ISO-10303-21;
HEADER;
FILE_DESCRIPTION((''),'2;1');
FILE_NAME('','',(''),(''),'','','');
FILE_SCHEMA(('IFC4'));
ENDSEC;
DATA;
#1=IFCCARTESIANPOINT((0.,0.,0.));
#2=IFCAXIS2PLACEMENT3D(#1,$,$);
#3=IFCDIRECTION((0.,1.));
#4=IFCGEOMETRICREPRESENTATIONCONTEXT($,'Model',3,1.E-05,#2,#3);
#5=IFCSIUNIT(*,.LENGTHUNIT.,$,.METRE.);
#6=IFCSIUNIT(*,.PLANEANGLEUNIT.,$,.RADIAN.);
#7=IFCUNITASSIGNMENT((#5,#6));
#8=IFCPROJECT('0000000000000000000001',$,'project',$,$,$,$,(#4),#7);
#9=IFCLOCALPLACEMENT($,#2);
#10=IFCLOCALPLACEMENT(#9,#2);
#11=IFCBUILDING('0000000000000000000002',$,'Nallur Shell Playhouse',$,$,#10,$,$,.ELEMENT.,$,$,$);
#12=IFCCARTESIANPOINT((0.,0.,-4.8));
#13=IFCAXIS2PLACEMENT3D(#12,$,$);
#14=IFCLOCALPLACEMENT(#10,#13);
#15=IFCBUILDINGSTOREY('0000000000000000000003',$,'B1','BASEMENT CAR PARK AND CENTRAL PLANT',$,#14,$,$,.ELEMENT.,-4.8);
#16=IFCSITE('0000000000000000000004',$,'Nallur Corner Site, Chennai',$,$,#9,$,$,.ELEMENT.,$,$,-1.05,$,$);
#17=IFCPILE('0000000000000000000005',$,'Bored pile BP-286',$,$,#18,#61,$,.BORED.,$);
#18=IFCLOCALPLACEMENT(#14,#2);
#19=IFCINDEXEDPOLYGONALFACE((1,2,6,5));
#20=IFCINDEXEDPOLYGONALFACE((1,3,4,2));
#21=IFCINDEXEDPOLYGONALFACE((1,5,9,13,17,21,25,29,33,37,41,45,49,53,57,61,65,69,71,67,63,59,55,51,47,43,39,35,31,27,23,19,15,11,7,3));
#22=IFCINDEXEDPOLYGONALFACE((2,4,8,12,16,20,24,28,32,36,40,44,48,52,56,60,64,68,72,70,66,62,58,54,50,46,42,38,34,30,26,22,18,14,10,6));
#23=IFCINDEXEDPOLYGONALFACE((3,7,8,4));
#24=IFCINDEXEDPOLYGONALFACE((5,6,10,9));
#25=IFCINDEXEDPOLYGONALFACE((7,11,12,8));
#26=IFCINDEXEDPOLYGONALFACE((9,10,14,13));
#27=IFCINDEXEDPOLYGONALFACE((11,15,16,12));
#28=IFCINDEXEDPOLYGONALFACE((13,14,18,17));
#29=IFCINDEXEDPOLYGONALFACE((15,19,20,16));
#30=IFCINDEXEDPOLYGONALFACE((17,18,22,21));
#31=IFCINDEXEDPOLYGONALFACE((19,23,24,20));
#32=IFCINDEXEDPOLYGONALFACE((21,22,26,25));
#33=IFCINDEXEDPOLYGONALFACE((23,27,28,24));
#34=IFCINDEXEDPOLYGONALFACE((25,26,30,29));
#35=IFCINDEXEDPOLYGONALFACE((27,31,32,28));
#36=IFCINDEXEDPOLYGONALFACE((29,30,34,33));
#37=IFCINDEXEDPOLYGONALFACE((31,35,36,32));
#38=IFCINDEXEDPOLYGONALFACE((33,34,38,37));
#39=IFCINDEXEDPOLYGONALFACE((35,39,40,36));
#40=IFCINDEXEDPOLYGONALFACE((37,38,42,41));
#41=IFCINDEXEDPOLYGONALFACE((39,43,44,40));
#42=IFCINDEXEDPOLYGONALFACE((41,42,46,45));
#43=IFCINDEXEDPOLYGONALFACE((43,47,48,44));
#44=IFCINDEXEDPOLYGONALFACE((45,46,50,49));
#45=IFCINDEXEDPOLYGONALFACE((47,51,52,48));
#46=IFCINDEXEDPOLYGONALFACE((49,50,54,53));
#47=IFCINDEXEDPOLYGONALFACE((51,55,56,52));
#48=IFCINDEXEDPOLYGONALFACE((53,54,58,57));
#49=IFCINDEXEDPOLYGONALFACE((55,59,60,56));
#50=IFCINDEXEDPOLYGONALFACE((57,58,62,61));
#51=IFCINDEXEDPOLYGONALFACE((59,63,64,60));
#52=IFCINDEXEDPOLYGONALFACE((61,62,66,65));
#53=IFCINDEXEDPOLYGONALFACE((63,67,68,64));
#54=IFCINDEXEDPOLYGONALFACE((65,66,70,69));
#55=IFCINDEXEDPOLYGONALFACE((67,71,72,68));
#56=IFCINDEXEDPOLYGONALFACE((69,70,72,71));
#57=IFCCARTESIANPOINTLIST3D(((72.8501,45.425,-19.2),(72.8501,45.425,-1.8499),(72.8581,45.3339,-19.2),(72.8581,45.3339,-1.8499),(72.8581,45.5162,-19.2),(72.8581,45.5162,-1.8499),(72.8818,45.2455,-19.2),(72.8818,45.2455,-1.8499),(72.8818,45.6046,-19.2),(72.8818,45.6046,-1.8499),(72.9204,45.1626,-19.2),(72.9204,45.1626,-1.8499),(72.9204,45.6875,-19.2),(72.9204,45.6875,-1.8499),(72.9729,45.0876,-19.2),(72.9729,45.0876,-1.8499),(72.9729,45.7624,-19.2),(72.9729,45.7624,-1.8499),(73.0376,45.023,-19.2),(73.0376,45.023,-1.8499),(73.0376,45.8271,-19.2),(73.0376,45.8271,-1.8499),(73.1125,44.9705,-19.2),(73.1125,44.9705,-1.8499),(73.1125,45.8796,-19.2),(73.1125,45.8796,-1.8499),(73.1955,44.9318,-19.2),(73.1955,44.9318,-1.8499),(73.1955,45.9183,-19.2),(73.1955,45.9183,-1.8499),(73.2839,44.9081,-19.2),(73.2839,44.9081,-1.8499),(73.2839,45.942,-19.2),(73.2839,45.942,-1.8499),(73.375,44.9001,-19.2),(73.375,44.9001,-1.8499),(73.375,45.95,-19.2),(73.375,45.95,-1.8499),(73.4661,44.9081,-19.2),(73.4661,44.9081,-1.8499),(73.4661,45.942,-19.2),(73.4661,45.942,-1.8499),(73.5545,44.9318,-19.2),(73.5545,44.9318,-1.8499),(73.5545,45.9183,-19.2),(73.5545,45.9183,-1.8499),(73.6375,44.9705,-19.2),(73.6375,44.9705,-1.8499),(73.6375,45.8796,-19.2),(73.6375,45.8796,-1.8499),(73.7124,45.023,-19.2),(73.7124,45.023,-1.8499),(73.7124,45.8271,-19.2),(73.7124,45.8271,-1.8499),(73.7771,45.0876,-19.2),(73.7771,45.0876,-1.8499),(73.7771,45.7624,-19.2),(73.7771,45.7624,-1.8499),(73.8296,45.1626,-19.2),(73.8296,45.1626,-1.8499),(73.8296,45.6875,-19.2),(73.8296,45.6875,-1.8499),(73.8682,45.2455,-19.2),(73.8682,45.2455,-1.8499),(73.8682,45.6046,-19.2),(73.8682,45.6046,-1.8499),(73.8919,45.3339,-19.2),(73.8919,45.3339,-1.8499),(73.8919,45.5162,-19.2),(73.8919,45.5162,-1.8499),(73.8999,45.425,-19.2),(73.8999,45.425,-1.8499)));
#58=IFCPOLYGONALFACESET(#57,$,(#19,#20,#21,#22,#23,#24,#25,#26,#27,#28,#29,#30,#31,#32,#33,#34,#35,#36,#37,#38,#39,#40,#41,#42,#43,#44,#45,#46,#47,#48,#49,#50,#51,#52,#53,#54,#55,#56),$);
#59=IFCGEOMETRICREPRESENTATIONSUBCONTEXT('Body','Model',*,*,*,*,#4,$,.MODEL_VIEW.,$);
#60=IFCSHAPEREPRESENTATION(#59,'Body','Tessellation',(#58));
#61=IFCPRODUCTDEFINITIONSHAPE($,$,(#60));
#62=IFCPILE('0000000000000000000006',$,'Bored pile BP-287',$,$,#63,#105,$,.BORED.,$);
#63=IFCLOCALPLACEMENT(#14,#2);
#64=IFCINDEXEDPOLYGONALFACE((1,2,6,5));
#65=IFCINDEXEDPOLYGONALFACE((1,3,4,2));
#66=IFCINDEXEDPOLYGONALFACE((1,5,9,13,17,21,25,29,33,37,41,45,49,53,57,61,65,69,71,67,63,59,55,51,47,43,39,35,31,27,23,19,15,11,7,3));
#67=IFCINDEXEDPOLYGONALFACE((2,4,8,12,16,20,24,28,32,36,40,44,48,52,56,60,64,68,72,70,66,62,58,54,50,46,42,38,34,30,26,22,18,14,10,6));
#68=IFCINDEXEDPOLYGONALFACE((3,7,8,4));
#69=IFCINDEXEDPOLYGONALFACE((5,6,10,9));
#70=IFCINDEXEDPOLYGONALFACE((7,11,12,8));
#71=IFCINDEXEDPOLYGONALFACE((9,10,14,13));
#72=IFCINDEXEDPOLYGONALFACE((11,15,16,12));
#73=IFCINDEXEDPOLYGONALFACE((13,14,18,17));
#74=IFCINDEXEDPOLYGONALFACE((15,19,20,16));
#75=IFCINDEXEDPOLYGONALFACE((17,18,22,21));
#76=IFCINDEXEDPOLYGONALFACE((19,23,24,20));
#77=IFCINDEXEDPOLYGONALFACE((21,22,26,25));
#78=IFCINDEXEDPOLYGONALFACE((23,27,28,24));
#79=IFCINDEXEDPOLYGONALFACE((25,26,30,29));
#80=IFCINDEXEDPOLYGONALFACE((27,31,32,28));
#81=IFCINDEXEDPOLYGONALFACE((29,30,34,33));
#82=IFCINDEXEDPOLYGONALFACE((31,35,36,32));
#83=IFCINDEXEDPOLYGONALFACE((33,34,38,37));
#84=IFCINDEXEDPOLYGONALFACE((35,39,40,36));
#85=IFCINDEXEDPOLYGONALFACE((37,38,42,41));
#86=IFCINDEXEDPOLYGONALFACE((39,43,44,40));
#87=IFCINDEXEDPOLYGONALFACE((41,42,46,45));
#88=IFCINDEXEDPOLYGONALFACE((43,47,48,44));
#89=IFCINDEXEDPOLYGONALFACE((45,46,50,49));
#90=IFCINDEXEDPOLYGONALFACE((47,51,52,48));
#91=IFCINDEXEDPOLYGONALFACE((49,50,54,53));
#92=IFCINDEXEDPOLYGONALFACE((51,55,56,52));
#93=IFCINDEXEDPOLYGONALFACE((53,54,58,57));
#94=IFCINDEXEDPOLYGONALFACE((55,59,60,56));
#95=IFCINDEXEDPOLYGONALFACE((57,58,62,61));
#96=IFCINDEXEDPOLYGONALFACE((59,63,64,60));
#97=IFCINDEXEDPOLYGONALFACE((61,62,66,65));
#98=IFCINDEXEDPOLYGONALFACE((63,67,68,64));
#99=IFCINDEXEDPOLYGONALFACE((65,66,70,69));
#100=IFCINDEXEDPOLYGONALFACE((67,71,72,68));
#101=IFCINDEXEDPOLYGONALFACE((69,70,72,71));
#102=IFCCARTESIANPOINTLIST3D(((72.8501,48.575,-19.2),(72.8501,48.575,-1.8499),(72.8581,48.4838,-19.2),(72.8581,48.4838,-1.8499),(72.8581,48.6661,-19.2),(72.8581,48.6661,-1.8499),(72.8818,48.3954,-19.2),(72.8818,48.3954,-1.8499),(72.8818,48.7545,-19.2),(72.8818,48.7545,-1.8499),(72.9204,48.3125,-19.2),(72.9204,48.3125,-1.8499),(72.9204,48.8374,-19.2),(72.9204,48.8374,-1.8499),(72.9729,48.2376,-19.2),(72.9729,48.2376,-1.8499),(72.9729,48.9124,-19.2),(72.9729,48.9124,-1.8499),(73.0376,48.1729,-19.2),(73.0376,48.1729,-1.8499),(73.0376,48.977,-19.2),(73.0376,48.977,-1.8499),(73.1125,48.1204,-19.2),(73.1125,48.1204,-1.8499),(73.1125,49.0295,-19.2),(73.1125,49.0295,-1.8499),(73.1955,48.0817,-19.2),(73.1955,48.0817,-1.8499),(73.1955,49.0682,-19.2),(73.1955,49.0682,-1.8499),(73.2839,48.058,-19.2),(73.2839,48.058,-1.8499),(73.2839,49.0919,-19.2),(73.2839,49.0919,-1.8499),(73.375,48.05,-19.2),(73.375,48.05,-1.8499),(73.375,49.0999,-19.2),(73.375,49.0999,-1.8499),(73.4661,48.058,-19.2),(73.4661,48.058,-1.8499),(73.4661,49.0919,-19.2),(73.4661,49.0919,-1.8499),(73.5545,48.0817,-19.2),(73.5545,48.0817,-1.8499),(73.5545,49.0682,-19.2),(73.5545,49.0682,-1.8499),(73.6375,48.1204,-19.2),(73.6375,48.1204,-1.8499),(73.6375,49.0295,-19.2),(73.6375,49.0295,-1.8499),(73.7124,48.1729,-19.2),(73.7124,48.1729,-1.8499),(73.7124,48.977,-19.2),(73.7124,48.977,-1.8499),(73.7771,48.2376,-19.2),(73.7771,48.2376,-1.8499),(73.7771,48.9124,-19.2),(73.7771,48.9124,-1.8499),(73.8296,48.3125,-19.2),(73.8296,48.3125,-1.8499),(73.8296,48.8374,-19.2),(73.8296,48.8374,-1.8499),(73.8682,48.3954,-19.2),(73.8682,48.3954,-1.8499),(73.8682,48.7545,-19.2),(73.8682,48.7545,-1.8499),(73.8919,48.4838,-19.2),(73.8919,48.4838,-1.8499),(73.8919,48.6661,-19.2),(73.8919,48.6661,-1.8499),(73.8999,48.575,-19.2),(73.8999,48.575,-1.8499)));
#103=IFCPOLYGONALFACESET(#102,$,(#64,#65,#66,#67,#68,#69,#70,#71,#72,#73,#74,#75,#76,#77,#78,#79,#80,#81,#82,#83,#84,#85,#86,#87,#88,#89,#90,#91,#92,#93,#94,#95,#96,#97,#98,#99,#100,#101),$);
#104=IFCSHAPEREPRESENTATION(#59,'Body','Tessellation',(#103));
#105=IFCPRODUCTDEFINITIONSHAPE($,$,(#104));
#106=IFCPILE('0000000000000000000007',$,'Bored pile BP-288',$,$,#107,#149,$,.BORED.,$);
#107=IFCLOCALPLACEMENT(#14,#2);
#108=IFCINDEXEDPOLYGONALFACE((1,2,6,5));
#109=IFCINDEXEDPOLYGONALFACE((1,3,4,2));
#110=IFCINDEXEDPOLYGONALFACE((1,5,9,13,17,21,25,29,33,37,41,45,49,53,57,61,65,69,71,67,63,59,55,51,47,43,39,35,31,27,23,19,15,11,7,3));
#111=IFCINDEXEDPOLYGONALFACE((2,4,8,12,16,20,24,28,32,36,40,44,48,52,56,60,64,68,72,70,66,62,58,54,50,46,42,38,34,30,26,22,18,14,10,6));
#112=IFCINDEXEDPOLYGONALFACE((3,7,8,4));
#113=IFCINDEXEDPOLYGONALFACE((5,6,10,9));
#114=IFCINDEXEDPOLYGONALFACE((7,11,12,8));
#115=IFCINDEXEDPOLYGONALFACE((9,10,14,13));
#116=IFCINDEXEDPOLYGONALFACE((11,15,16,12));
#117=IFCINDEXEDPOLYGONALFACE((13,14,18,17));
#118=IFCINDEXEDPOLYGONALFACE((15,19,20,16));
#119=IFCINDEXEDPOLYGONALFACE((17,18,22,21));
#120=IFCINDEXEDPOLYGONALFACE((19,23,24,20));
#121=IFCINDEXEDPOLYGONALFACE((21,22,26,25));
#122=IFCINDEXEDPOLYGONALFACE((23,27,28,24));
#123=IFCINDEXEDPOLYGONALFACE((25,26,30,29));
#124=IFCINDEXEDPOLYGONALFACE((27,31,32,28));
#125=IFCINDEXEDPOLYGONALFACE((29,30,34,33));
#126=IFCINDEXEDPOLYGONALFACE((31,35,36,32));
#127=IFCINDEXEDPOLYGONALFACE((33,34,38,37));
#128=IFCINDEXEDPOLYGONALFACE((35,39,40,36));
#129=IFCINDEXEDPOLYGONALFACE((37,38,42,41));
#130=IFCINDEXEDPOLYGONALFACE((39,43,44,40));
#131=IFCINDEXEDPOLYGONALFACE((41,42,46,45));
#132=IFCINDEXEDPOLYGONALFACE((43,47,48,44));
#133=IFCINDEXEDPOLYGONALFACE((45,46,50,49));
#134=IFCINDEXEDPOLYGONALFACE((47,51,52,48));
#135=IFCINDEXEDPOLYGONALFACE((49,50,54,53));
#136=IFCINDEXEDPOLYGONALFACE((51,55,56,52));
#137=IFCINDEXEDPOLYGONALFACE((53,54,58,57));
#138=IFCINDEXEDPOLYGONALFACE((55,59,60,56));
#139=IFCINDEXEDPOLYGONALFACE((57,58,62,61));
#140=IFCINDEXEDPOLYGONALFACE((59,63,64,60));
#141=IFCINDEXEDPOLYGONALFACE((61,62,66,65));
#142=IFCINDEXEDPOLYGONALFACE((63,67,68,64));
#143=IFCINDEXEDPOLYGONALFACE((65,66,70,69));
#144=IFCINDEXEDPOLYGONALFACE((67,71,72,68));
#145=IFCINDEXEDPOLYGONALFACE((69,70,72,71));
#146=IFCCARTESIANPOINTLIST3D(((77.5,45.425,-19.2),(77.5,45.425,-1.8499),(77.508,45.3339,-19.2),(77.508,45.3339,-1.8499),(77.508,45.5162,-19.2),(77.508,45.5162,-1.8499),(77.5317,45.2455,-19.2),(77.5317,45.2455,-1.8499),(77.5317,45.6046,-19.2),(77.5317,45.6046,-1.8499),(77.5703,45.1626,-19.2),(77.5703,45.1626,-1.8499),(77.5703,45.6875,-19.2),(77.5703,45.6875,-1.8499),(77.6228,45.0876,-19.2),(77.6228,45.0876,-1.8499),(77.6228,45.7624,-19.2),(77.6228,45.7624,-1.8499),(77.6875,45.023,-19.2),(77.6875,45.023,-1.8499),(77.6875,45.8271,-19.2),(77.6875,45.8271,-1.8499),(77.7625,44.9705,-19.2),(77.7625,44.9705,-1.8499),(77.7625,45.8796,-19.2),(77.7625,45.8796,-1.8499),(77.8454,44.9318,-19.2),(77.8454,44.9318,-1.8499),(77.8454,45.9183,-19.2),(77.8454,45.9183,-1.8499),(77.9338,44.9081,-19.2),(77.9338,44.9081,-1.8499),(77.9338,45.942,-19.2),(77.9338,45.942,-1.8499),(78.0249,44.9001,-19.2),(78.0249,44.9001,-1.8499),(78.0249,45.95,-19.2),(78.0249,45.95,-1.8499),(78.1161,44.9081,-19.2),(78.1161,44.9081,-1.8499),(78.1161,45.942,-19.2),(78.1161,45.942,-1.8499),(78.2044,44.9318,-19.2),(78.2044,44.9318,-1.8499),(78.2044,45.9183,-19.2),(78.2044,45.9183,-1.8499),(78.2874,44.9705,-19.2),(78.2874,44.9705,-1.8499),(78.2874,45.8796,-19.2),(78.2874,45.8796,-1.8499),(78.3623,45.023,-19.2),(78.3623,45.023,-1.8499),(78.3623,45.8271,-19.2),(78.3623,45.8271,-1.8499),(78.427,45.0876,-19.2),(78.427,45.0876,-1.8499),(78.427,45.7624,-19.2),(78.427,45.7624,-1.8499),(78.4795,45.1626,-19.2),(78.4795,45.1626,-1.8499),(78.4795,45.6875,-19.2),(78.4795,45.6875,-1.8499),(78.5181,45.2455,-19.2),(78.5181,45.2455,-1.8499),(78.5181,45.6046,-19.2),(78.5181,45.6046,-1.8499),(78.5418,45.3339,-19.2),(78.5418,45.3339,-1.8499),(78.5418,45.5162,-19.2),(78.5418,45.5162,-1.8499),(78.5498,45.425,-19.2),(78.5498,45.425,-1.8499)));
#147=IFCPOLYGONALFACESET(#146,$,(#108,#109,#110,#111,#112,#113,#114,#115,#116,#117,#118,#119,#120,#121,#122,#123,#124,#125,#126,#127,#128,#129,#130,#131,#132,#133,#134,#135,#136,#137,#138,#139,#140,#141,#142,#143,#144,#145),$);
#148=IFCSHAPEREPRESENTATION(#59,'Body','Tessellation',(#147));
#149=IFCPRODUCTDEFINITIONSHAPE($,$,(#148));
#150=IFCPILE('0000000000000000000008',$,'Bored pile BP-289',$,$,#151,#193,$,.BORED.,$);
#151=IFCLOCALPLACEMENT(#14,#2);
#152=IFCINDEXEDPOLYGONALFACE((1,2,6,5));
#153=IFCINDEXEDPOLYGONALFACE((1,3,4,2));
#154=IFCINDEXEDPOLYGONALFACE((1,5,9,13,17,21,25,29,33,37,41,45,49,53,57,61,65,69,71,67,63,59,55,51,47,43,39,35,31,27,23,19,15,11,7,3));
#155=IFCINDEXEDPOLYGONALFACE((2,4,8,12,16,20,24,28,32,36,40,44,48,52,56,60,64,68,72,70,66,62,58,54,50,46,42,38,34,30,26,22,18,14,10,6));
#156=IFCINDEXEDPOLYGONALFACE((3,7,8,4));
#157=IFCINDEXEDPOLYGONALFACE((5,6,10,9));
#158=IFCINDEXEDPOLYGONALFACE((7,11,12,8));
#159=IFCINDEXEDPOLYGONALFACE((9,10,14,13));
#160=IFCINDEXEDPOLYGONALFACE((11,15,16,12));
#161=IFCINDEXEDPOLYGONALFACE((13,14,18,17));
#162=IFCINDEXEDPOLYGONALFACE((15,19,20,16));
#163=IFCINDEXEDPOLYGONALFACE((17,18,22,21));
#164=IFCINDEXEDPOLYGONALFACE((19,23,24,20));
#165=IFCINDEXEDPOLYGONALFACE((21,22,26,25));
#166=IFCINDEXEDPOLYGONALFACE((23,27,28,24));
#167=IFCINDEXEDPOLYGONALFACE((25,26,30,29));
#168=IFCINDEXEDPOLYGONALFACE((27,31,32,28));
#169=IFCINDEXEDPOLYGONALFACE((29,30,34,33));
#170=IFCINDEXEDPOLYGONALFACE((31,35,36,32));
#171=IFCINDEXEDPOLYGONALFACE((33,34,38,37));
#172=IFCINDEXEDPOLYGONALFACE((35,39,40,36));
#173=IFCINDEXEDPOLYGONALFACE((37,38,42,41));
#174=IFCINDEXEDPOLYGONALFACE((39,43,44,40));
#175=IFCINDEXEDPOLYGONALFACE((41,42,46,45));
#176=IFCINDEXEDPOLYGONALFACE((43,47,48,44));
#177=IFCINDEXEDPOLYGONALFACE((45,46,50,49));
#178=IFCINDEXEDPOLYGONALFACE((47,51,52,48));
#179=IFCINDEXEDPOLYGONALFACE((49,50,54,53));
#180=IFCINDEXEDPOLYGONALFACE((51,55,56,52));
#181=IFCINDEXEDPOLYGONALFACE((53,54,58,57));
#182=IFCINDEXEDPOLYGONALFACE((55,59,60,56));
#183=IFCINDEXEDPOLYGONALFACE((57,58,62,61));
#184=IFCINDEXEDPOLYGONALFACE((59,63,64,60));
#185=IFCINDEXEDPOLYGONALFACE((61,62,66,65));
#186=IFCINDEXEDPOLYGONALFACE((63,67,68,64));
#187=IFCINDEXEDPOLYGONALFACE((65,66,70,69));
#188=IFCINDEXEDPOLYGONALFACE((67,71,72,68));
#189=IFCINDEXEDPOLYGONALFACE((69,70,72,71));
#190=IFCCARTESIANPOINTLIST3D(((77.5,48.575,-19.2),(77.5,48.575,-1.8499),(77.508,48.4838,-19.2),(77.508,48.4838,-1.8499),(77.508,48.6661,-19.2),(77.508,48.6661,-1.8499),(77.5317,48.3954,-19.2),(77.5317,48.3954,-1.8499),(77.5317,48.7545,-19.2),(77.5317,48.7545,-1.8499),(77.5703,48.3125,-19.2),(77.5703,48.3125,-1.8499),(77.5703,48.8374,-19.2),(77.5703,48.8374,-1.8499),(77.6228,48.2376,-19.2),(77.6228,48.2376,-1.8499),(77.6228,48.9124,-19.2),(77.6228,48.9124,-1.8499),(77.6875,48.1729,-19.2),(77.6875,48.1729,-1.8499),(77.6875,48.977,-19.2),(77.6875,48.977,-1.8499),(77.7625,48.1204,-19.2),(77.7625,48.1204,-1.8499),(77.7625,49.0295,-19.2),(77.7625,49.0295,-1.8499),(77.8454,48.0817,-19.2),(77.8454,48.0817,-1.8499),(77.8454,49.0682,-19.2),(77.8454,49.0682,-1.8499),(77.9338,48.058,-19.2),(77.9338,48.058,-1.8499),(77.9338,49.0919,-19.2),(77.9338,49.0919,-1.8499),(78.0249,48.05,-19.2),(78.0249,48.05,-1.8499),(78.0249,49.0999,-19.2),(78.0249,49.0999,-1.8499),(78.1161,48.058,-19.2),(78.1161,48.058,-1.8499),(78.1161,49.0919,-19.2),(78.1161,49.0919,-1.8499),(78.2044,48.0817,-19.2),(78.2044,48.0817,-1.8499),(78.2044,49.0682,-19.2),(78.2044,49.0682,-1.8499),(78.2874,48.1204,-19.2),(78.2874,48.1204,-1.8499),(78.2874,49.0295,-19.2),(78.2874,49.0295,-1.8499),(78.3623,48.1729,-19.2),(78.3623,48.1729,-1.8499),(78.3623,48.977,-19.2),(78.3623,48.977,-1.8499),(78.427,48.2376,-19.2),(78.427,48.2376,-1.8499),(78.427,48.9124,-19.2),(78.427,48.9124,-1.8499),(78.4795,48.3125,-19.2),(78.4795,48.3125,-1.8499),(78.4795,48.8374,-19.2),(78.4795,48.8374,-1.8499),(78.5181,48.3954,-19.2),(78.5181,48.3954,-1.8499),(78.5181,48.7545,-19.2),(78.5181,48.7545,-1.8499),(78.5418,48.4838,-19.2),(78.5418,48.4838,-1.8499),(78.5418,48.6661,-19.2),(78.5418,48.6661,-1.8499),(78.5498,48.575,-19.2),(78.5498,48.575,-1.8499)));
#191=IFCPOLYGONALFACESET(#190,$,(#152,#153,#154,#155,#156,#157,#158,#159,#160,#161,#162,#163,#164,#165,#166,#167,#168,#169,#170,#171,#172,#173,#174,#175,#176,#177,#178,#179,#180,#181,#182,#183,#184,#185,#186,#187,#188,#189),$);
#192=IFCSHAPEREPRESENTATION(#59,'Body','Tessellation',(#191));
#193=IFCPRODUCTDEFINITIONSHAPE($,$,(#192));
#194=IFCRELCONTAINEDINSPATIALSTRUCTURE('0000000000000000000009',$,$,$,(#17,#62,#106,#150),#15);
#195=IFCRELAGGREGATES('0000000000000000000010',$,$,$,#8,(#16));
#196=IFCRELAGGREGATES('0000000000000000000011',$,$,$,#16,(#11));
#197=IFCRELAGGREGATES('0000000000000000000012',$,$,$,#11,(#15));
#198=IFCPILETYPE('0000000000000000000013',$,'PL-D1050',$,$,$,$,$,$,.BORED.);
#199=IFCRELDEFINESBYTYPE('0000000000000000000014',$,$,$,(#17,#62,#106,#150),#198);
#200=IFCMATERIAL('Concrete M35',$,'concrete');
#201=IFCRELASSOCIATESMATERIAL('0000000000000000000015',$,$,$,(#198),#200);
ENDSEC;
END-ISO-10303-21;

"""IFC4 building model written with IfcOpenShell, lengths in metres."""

from ifc_helpers import new_model, si_unit, direction, frame, origin, origin_2d, place, context, subcontext, project, spatial, circle, extrude, material, material_profile, profile_set, type_object, element, save


model = new_model("IFC4")

# Units and contexts
model_context = context("Model", 3, precision=1e-05, world=origin(), true_north=direction((0.0, 1.0)))
body_context = subcontext(model_context, "Body", "Model", "MODEL_VIEW")
ifc_project = project(units=[si_unit("LENGTHUNIT", "METRE"), si_unit("PLANEANGLEUNIT", "RADIAN")], contexts=[model_context])

# Site, building, storey
site_placement = place(None, origin())
site = spatial("IfcSite", under=ifc_project, at=site_placement, Name="Nallur Corner Site, Chennai", CompositionType="ELEMENT", RefElevation=-1.05)
building_placement = place(site_placement, origin())
building = spatial("IfcBuilding", under=site, at=building_placement, Name="Nallur Shell Playhouse", CompositionType="ELEMENT")
storey_placement = place(building_placement, frame((0.0, 0.0, -4.8)))
storey = spatial("IfcBuildingStorey", under=building, at=storey_placement, Name="B1", Description="BASEMENT CAR PARK AND CENTRAL PLANT", CompositionType="ELEMENT", Elevation=-4.8)

# Shared definitions
ifc_material_1 = material(Name="Concrete M35", Category="concrete")

# Piles
ifc_material_profile_1 = material_profile(ifc_material_1, circle(Radius=0.5249, at=origin_2d()), Name="BORED PILE D1050")
ifc_profile_set_1 = profile_set([ifc_material_profile_1], Name="Concrete M35")
pile_type_1 = type_object("IfcPileType", Name="PL-D1050", PredefinedType="BORED", material=ifc_profile_set_1)
for number, where, z_axis, x_axis, name in (
    (1, (73.375, 45.425, -1.8499), (0.0, 0.0, -1.0), (1.0, 0.0, 0.0), "Bored pile BP-286"),
    (2, (73.375, 48.575, -1.8499), (0.0, 0.0, -1.0), (1.0, 0.0, 0.0), "Bored pile BP-287"),
    (3, (78.0249, 45.425, -1.8499), (0.0, 0.0, -1.0), (1.0, 0.0, 0.0), "Bored pile BP-288"),
    (4, (78.0249, 48.575, -1.8499), (0.0, 0.0, -1.0), (1.0, 0.0, 0.0), "Bored pile BP-289"),
):
    element("IfcPile", number, at=place(storey_placement, frame(where, z_axis=z_axis, x_axis=x_axis)), inside=storey, type_object=pile_type_1, Name=name, PredefinedType="BORED", context=body_context, shape_type="SweptSolid", body=[
        extrude(circle(Radius=0.5249, at=origin_2d()), origin(), (0.0, 0.0, 1.0), 17.3501),
    ])

save(model, "model.ifc")
